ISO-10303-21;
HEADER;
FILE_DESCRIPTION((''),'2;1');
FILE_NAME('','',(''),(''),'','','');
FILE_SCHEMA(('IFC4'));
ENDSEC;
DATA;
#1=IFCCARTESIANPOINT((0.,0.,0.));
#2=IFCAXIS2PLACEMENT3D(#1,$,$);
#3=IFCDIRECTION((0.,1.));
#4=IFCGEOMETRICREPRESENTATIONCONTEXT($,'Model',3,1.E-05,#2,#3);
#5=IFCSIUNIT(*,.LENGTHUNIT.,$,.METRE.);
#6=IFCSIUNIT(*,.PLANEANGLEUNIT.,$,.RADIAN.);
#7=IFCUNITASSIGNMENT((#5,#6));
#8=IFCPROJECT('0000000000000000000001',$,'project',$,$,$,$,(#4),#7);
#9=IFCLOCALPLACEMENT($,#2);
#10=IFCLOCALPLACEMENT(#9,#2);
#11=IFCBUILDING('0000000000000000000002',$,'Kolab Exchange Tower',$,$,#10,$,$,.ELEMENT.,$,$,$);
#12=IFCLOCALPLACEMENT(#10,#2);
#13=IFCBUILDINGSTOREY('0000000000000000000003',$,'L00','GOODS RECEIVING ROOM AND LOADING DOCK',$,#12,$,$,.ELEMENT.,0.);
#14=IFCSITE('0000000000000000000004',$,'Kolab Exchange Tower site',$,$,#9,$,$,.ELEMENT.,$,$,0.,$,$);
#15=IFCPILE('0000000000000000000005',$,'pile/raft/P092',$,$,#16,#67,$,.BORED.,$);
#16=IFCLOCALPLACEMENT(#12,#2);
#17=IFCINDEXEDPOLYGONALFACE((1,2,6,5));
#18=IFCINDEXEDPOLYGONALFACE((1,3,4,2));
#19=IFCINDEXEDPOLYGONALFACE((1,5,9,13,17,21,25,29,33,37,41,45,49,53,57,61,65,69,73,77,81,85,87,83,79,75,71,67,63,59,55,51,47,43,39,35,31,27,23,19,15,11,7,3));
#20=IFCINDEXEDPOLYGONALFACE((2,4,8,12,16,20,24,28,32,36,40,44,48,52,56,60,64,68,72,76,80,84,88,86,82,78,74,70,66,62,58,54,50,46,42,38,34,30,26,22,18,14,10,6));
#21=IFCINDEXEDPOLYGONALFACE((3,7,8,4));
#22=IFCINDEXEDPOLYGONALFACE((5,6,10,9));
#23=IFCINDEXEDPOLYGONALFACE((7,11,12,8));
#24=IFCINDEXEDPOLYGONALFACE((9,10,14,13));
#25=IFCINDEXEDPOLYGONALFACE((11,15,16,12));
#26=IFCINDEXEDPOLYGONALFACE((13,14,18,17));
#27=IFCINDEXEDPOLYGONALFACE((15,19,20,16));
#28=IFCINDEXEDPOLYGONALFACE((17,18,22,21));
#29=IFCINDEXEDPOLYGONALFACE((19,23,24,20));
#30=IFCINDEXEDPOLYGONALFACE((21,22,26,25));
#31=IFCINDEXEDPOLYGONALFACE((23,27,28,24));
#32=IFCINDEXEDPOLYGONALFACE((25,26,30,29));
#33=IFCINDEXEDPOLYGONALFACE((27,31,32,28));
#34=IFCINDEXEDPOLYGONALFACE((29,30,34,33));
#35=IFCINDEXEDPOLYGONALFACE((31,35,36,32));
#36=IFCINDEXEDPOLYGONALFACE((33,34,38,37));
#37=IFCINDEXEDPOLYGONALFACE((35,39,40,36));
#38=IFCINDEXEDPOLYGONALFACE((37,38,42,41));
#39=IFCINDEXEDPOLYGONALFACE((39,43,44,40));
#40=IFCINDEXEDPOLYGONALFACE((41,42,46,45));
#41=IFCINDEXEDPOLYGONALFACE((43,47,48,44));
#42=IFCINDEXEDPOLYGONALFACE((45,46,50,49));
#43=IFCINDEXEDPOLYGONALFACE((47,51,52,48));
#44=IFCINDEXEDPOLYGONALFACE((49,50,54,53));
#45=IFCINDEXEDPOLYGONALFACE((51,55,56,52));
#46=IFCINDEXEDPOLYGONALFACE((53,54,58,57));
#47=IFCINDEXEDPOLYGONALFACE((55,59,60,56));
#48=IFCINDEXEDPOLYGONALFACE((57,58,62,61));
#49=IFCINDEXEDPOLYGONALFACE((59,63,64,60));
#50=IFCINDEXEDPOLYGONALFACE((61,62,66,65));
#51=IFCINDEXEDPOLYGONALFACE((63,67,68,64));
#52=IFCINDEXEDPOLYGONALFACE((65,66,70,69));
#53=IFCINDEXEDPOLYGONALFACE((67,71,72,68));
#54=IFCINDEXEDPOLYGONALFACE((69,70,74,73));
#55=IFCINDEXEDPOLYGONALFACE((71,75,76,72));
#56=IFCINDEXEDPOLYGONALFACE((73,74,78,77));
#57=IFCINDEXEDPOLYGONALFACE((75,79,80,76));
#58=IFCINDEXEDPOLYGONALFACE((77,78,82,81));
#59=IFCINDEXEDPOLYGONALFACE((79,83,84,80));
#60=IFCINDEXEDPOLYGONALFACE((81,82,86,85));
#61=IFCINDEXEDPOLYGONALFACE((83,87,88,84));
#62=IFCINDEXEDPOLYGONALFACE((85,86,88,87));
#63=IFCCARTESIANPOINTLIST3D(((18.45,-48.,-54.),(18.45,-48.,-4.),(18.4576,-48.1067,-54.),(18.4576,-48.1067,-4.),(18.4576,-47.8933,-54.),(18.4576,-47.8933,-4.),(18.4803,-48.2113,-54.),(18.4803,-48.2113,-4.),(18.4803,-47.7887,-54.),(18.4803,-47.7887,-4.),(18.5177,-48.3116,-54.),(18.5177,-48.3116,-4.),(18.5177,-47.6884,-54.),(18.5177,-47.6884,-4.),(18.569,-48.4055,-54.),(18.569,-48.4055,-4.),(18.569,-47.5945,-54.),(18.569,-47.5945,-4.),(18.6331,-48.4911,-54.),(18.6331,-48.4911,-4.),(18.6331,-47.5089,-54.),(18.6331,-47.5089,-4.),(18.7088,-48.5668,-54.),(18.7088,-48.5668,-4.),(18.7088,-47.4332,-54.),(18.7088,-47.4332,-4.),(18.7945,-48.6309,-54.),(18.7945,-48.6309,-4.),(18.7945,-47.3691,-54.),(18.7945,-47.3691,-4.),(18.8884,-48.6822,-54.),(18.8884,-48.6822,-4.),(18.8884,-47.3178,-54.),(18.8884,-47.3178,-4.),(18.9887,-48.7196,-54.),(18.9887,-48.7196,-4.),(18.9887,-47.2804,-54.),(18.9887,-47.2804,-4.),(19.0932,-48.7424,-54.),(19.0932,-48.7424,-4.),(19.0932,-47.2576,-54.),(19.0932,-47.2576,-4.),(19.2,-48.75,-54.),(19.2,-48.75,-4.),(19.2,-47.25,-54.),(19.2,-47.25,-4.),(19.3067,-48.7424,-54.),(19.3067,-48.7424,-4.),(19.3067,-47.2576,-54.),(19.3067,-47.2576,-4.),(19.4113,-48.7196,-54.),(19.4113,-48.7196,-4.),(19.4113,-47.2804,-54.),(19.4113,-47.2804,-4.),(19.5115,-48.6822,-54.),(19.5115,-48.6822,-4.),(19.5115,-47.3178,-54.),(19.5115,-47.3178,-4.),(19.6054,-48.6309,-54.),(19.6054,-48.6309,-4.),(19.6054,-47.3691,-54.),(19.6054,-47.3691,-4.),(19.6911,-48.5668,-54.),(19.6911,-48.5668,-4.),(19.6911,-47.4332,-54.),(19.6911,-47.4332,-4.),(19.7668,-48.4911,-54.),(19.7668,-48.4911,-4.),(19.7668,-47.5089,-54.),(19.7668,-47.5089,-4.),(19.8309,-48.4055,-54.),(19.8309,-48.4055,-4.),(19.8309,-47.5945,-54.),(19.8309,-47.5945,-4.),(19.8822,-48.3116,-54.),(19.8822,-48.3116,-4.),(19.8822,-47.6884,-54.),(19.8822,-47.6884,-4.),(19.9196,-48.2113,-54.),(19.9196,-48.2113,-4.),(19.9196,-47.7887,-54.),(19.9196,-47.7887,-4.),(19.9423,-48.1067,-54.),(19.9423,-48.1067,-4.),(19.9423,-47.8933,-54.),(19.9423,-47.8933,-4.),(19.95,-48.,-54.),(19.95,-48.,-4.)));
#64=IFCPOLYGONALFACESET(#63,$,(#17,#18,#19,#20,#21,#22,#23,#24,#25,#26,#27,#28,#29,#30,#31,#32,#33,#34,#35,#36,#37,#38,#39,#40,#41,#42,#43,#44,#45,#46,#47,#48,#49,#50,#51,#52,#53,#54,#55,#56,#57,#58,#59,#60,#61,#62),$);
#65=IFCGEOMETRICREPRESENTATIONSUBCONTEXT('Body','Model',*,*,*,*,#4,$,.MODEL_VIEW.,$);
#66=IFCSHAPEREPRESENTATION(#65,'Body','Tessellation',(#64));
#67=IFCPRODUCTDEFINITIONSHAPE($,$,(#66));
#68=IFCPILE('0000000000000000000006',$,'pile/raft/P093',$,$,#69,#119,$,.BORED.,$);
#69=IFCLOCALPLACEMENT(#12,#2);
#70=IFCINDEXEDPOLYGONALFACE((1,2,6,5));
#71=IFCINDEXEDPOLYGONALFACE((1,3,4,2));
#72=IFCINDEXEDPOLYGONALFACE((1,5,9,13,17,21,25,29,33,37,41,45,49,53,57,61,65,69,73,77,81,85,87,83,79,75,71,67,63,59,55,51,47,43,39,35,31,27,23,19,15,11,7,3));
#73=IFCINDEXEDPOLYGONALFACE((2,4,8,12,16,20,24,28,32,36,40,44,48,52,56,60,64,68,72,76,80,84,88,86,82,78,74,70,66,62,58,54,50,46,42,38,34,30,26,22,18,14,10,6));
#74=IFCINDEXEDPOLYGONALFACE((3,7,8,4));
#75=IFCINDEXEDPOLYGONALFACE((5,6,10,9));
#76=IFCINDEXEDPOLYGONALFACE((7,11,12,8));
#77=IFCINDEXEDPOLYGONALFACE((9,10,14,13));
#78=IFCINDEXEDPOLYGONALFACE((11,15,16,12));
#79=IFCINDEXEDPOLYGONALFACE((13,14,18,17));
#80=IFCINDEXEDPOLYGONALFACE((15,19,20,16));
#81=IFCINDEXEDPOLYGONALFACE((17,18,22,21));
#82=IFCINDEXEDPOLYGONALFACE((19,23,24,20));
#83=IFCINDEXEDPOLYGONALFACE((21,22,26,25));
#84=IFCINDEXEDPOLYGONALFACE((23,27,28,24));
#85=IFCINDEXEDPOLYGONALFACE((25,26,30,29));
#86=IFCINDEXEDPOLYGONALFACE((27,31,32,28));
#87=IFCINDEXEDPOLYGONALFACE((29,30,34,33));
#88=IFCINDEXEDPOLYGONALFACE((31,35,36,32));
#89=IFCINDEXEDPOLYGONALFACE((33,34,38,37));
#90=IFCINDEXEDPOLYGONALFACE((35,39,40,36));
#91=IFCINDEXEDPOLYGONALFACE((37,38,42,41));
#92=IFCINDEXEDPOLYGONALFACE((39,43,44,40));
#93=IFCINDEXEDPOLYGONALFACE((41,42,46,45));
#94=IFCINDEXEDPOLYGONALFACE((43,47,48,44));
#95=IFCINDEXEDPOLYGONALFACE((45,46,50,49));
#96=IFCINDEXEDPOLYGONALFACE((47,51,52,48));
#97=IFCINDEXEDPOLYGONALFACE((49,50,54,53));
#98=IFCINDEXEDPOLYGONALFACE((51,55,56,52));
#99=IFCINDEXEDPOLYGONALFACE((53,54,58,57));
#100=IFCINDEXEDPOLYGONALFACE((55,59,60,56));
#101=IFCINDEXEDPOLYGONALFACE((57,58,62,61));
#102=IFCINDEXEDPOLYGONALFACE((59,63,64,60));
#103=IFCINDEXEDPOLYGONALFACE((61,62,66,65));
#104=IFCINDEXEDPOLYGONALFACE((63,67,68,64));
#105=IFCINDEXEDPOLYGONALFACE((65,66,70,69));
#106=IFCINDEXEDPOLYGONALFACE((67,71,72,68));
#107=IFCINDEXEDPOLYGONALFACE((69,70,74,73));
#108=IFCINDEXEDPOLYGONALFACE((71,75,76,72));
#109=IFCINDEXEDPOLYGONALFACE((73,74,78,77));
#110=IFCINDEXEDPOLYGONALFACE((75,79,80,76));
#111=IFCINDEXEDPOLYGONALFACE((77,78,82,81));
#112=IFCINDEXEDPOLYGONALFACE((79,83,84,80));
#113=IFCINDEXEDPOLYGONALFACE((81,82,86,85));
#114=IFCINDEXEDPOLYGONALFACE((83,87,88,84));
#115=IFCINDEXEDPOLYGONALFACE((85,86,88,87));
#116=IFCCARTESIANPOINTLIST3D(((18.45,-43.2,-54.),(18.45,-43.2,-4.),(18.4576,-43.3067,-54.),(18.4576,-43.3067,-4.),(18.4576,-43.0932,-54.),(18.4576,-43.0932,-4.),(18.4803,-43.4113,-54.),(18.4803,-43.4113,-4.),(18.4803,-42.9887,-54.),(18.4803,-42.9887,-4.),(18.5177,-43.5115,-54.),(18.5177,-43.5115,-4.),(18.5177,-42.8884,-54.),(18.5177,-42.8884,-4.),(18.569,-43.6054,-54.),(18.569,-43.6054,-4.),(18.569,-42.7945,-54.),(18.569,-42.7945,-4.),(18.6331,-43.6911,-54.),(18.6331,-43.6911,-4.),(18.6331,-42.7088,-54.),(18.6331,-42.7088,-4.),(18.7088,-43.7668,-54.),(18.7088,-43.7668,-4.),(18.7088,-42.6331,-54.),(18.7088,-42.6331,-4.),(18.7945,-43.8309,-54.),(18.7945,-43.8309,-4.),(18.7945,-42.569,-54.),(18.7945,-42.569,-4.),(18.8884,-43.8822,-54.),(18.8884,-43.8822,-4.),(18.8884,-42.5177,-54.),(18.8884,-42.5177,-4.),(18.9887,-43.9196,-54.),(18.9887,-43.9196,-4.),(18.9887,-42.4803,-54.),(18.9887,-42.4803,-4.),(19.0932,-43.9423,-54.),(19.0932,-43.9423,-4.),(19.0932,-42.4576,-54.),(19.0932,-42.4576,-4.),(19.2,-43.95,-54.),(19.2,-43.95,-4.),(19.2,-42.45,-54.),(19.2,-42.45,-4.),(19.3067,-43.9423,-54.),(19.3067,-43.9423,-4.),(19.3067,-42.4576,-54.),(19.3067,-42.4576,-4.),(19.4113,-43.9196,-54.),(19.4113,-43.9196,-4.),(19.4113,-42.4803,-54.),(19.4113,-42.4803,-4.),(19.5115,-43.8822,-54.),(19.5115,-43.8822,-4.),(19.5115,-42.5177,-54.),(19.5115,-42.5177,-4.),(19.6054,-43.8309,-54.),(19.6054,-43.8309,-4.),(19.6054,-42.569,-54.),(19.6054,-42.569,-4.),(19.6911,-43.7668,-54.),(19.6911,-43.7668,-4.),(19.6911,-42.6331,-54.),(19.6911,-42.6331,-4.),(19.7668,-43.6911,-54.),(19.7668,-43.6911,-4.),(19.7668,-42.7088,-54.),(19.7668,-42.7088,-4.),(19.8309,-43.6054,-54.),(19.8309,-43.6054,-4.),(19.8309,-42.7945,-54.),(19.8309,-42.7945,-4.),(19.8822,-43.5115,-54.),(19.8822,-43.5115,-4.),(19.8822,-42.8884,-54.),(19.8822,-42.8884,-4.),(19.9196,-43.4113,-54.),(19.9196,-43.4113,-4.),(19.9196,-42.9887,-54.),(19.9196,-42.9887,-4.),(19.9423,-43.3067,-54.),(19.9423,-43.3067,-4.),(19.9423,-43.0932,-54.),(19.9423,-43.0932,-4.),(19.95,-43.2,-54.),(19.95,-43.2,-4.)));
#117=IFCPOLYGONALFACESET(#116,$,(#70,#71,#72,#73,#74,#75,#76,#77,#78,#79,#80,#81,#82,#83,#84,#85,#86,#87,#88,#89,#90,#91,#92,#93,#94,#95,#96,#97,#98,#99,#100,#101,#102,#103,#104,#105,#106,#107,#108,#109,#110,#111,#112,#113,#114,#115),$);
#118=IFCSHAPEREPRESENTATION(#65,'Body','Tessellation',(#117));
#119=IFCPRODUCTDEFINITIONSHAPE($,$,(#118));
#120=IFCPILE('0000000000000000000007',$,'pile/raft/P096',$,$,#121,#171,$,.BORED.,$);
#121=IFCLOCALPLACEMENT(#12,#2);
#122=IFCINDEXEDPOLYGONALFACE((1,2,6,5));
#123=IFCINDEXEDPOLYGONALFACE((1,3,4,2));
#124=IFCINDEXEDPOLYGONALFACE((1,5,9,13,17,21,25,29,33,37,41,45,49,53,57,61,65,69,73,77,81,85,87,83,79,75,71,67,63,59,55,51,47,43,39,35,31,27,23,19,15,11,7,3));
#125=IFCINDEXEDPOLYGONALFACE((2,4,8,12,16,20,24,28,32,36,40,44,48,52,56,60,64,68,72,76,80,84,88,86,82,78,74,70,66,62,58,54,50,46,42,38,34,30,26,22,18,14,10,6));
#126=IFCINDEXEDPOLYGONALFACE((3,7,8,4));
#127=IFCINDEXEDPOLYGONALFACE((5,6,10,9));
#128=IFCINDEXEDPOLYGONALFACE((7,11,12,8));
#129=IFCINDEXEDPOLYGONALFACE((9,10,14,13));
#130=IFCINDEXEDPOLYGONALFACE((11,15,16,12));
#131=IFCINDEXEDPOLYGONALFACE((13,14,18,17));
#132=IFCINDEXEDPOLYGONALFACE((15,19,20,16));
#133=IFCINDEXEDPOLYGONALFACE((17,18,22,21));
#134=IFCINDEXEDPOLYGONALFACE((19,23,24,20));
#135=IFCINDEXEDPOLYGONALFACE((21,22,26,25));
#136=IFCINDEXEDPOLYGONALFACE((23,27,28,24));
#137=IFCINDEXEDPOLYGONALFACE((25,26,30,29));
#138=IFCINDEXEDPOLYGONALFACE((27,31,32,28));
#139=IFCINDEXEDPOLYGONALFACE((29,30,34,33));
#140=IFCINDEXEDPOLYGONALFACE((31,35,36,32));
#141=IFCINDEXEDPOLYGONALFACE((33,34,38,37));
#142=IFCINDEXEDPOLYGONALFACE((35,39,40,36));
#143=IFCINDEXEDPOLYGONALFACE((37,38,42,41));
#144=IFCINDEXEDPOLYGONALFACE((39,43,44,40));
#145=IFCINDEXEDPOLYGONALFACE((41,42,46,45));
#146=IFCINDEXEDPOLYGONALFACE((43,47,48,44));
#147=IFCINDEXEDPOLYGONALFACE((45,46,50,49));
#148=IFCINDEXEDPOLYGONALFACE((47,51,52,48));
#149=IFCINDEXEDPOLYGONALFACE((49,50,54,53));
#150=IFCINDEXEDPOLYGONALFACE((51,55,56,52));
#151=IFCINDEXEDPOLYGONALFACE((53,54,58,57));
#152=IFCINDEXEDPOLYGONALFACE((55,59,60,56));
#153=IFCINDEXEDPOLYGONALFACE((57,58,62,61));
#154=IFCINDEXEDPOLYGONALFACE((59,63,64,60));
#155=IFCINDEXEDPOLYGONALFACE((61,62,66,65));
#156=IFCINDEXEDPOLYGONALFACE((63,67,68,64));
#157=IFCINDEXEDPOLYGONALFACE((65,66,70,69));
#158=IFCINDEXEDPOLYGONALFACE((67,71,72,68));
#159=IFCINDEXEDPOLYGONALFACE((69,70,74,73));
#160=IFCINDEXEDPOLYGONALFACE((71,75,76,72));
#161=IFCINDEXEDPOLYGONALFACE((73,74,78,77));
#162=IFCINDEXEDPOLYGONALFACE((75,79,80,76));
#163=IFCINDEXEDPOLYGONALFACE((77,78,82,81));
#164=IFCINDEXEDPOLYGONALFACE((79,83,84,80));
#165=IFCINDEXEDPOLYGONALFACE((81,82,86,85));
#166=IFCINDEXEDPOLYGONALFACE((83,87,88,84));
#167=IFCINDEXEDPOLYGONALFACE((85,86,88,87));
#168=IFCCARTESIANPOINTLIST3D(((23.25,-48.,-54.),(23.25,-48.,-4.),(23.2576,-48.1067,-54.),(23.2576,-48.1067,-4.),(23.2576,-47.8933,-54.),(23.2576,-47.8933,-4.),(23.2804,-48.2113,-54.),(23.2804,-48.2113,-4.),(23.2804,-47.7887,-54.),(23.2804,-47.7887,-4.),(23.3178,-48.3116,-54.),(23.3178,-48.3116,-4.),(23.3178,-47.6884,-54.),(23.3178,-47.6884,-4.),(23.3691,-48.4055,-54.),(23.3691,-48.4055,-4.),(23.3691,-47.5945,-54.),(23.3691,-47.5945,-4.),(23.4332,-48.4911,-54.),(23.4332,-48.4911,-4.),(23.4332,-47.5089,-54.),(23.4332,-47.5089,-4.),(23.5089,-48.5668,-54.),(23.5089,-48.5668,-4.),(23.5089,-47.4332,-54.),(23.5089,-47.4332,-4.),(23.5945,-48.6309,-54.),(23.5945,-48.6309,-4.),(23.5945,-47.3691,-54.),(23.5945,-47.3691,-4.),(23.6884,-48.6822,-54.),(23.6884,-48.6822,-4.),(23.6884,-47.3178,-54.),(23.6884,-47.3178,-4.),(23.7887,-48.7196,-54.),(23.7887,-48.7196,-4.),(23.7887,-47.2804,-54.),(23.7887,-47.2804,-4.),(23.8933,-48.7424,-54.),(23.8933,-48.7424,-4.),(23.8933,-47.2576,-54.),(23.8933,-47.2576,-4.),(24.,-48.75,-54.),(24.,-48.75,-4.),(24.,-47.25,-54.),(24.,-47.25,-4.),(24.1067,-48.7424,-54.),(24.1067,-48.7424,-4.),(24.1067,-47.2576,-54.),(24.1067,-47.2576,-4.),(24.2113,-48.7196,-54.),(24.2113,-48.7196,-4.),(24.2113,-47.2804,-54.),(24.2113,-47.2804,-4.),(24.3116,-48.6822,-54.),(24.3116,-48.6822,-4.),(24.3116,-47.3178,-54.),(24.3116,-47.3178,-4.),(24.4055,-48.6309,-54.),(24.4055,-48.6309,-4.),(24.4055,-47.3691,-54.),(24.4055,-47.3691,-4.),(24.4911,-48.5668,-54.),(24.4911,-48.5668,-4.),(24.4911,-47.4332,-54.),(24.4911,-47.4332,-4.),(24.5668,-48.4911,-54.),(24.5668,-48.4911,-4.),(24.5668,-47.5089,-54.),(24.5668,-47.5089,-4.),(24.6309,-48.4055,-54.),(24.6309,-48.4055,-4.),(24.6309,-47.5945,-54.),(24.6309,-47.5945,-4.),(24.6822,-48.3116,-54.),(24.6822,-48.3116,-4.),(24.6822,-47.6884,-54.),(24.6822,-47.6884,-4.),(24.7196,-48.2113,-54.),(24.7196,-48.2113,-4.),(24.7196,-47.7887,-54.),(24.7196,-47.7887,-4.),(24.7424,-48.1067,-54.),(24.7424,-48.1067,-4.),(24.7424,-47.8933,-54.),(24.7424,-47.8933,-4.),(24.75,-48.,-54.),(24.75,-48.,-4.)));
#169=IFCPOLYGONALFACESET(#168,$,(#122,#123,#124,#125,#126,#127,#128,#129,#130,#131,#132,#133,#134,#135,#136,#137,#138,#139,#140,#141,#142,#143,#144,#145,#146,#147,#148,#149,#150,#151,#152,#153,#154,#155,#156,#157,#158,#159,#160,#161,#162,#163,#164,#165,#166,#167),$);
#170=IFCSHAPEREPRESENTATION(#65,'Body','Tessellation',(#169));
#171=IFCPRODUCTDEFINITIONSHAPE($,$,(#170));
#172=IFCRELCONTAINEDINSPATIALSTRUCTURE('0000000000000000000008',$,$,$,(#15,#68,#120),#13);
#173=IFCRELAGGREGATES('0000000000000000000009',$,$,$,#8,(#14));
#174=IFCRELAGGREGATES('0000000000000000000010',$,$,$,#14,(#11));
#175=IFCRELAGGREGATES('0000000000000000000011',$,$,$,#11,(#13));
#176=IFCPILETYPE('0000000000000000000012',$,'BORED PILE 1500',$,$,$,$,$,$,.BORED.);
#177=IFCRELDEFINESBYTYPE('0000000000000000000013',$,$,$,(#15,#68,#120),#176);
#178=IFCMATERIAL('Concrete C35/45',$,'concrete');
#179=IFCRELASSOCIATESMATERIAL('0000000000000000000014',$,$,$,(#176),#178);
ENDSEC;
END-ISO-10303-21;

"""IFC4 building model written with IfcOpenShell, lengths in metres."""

from ifc_helpers import new_model, si_unit, direction, frame, origin, origin_2d, place, context, subcontext, project, spatial, circle, extrude, material, material_profile, profile_set, type_object, element, save


model = new_model("IFC4")

# Units and contexts
model_context = context("Model", 3, precision=1e-05, world=origin(), true_north=direction((0.0, 1.0)))
body_context = subcontext(model_context, "Body", "Model", "MODEL_VIEW")
ifc_project = project(units=[si_unit("LENGTHUNIT", "METRE"), si_unit("PLANEANGLEUNIT", "RADIAN")], contexts=[model_context])

# Site, building, storey
site_placement = place(None, origin())
site = spatial("IfcSite", under=ifc_project, at=site_placement, Name="Kolab Exchange Tower site", CompositionType="ELEMENT", RefElevation=0.0)
building_placement = place(site_placement, origin())
building = spatial("IfcBuilding", under=site, at=building_placement, Name="Kolab Exchange Tower", CompositionType="ELEMENT")
storey_placement = place(building_placement, origin())
storey = spatial("IfcBuildingStorey", under=building, at=storey_placement, Name="L00", Description="GOODS RECEIVING ROOM AND LOADING DOCK", CompositionType="ELEMENT", Elevation=0.0)

# Piles
ifc_material_1 = material(Name="Concrete C35/45", Category="concrete")
ifc_material_profile_1 = material_profile(ifc_material_1, circle(Radius=0.75, at=origin_2d()), Name="BP1500")
ifc_profile_set_1 = profile_set([ifc_material_profile_1], Name="Concrete C35/45")
pile_type = type_object("IfcPileType", Name="BORED PILE 1500", PredefinedType="BORED", material=ifc_profile_set_1)
for number, where, z_axis, x_axis, name in (
    (1, (19.2, -48.0, -4.0), (0.0, 0.0, -1.0), (1.0, 0.0, 0.0), "pile/raft/P092"),
    (2, (19.2, -43.2, -4.0), (0.0, 0.0, -1.0), (1.0, 0.0, 0.0), "pile/raft/P093"),
    (3, (24.0, -48.0, -4.0), (0.0, 0.0, -1.0), (1.0, 0.0, 0.0), "pile/raft/P096"),
):
    element("IfcPile", number, at=place(storey_placement, frame(where, z_axis=z_axis, x_axis=x_axis)), inside=storey, type_object=pile_type, Name=name, PredefinedType="BORED", context=body_context, shape_type="SweptSolid", body=[
        extrude(circle(Radius=0.75, at=origin_2d()), origin(), (0.0, 0.0, 1.0), 50.0),
    ])

save(model, "model.ifc")
